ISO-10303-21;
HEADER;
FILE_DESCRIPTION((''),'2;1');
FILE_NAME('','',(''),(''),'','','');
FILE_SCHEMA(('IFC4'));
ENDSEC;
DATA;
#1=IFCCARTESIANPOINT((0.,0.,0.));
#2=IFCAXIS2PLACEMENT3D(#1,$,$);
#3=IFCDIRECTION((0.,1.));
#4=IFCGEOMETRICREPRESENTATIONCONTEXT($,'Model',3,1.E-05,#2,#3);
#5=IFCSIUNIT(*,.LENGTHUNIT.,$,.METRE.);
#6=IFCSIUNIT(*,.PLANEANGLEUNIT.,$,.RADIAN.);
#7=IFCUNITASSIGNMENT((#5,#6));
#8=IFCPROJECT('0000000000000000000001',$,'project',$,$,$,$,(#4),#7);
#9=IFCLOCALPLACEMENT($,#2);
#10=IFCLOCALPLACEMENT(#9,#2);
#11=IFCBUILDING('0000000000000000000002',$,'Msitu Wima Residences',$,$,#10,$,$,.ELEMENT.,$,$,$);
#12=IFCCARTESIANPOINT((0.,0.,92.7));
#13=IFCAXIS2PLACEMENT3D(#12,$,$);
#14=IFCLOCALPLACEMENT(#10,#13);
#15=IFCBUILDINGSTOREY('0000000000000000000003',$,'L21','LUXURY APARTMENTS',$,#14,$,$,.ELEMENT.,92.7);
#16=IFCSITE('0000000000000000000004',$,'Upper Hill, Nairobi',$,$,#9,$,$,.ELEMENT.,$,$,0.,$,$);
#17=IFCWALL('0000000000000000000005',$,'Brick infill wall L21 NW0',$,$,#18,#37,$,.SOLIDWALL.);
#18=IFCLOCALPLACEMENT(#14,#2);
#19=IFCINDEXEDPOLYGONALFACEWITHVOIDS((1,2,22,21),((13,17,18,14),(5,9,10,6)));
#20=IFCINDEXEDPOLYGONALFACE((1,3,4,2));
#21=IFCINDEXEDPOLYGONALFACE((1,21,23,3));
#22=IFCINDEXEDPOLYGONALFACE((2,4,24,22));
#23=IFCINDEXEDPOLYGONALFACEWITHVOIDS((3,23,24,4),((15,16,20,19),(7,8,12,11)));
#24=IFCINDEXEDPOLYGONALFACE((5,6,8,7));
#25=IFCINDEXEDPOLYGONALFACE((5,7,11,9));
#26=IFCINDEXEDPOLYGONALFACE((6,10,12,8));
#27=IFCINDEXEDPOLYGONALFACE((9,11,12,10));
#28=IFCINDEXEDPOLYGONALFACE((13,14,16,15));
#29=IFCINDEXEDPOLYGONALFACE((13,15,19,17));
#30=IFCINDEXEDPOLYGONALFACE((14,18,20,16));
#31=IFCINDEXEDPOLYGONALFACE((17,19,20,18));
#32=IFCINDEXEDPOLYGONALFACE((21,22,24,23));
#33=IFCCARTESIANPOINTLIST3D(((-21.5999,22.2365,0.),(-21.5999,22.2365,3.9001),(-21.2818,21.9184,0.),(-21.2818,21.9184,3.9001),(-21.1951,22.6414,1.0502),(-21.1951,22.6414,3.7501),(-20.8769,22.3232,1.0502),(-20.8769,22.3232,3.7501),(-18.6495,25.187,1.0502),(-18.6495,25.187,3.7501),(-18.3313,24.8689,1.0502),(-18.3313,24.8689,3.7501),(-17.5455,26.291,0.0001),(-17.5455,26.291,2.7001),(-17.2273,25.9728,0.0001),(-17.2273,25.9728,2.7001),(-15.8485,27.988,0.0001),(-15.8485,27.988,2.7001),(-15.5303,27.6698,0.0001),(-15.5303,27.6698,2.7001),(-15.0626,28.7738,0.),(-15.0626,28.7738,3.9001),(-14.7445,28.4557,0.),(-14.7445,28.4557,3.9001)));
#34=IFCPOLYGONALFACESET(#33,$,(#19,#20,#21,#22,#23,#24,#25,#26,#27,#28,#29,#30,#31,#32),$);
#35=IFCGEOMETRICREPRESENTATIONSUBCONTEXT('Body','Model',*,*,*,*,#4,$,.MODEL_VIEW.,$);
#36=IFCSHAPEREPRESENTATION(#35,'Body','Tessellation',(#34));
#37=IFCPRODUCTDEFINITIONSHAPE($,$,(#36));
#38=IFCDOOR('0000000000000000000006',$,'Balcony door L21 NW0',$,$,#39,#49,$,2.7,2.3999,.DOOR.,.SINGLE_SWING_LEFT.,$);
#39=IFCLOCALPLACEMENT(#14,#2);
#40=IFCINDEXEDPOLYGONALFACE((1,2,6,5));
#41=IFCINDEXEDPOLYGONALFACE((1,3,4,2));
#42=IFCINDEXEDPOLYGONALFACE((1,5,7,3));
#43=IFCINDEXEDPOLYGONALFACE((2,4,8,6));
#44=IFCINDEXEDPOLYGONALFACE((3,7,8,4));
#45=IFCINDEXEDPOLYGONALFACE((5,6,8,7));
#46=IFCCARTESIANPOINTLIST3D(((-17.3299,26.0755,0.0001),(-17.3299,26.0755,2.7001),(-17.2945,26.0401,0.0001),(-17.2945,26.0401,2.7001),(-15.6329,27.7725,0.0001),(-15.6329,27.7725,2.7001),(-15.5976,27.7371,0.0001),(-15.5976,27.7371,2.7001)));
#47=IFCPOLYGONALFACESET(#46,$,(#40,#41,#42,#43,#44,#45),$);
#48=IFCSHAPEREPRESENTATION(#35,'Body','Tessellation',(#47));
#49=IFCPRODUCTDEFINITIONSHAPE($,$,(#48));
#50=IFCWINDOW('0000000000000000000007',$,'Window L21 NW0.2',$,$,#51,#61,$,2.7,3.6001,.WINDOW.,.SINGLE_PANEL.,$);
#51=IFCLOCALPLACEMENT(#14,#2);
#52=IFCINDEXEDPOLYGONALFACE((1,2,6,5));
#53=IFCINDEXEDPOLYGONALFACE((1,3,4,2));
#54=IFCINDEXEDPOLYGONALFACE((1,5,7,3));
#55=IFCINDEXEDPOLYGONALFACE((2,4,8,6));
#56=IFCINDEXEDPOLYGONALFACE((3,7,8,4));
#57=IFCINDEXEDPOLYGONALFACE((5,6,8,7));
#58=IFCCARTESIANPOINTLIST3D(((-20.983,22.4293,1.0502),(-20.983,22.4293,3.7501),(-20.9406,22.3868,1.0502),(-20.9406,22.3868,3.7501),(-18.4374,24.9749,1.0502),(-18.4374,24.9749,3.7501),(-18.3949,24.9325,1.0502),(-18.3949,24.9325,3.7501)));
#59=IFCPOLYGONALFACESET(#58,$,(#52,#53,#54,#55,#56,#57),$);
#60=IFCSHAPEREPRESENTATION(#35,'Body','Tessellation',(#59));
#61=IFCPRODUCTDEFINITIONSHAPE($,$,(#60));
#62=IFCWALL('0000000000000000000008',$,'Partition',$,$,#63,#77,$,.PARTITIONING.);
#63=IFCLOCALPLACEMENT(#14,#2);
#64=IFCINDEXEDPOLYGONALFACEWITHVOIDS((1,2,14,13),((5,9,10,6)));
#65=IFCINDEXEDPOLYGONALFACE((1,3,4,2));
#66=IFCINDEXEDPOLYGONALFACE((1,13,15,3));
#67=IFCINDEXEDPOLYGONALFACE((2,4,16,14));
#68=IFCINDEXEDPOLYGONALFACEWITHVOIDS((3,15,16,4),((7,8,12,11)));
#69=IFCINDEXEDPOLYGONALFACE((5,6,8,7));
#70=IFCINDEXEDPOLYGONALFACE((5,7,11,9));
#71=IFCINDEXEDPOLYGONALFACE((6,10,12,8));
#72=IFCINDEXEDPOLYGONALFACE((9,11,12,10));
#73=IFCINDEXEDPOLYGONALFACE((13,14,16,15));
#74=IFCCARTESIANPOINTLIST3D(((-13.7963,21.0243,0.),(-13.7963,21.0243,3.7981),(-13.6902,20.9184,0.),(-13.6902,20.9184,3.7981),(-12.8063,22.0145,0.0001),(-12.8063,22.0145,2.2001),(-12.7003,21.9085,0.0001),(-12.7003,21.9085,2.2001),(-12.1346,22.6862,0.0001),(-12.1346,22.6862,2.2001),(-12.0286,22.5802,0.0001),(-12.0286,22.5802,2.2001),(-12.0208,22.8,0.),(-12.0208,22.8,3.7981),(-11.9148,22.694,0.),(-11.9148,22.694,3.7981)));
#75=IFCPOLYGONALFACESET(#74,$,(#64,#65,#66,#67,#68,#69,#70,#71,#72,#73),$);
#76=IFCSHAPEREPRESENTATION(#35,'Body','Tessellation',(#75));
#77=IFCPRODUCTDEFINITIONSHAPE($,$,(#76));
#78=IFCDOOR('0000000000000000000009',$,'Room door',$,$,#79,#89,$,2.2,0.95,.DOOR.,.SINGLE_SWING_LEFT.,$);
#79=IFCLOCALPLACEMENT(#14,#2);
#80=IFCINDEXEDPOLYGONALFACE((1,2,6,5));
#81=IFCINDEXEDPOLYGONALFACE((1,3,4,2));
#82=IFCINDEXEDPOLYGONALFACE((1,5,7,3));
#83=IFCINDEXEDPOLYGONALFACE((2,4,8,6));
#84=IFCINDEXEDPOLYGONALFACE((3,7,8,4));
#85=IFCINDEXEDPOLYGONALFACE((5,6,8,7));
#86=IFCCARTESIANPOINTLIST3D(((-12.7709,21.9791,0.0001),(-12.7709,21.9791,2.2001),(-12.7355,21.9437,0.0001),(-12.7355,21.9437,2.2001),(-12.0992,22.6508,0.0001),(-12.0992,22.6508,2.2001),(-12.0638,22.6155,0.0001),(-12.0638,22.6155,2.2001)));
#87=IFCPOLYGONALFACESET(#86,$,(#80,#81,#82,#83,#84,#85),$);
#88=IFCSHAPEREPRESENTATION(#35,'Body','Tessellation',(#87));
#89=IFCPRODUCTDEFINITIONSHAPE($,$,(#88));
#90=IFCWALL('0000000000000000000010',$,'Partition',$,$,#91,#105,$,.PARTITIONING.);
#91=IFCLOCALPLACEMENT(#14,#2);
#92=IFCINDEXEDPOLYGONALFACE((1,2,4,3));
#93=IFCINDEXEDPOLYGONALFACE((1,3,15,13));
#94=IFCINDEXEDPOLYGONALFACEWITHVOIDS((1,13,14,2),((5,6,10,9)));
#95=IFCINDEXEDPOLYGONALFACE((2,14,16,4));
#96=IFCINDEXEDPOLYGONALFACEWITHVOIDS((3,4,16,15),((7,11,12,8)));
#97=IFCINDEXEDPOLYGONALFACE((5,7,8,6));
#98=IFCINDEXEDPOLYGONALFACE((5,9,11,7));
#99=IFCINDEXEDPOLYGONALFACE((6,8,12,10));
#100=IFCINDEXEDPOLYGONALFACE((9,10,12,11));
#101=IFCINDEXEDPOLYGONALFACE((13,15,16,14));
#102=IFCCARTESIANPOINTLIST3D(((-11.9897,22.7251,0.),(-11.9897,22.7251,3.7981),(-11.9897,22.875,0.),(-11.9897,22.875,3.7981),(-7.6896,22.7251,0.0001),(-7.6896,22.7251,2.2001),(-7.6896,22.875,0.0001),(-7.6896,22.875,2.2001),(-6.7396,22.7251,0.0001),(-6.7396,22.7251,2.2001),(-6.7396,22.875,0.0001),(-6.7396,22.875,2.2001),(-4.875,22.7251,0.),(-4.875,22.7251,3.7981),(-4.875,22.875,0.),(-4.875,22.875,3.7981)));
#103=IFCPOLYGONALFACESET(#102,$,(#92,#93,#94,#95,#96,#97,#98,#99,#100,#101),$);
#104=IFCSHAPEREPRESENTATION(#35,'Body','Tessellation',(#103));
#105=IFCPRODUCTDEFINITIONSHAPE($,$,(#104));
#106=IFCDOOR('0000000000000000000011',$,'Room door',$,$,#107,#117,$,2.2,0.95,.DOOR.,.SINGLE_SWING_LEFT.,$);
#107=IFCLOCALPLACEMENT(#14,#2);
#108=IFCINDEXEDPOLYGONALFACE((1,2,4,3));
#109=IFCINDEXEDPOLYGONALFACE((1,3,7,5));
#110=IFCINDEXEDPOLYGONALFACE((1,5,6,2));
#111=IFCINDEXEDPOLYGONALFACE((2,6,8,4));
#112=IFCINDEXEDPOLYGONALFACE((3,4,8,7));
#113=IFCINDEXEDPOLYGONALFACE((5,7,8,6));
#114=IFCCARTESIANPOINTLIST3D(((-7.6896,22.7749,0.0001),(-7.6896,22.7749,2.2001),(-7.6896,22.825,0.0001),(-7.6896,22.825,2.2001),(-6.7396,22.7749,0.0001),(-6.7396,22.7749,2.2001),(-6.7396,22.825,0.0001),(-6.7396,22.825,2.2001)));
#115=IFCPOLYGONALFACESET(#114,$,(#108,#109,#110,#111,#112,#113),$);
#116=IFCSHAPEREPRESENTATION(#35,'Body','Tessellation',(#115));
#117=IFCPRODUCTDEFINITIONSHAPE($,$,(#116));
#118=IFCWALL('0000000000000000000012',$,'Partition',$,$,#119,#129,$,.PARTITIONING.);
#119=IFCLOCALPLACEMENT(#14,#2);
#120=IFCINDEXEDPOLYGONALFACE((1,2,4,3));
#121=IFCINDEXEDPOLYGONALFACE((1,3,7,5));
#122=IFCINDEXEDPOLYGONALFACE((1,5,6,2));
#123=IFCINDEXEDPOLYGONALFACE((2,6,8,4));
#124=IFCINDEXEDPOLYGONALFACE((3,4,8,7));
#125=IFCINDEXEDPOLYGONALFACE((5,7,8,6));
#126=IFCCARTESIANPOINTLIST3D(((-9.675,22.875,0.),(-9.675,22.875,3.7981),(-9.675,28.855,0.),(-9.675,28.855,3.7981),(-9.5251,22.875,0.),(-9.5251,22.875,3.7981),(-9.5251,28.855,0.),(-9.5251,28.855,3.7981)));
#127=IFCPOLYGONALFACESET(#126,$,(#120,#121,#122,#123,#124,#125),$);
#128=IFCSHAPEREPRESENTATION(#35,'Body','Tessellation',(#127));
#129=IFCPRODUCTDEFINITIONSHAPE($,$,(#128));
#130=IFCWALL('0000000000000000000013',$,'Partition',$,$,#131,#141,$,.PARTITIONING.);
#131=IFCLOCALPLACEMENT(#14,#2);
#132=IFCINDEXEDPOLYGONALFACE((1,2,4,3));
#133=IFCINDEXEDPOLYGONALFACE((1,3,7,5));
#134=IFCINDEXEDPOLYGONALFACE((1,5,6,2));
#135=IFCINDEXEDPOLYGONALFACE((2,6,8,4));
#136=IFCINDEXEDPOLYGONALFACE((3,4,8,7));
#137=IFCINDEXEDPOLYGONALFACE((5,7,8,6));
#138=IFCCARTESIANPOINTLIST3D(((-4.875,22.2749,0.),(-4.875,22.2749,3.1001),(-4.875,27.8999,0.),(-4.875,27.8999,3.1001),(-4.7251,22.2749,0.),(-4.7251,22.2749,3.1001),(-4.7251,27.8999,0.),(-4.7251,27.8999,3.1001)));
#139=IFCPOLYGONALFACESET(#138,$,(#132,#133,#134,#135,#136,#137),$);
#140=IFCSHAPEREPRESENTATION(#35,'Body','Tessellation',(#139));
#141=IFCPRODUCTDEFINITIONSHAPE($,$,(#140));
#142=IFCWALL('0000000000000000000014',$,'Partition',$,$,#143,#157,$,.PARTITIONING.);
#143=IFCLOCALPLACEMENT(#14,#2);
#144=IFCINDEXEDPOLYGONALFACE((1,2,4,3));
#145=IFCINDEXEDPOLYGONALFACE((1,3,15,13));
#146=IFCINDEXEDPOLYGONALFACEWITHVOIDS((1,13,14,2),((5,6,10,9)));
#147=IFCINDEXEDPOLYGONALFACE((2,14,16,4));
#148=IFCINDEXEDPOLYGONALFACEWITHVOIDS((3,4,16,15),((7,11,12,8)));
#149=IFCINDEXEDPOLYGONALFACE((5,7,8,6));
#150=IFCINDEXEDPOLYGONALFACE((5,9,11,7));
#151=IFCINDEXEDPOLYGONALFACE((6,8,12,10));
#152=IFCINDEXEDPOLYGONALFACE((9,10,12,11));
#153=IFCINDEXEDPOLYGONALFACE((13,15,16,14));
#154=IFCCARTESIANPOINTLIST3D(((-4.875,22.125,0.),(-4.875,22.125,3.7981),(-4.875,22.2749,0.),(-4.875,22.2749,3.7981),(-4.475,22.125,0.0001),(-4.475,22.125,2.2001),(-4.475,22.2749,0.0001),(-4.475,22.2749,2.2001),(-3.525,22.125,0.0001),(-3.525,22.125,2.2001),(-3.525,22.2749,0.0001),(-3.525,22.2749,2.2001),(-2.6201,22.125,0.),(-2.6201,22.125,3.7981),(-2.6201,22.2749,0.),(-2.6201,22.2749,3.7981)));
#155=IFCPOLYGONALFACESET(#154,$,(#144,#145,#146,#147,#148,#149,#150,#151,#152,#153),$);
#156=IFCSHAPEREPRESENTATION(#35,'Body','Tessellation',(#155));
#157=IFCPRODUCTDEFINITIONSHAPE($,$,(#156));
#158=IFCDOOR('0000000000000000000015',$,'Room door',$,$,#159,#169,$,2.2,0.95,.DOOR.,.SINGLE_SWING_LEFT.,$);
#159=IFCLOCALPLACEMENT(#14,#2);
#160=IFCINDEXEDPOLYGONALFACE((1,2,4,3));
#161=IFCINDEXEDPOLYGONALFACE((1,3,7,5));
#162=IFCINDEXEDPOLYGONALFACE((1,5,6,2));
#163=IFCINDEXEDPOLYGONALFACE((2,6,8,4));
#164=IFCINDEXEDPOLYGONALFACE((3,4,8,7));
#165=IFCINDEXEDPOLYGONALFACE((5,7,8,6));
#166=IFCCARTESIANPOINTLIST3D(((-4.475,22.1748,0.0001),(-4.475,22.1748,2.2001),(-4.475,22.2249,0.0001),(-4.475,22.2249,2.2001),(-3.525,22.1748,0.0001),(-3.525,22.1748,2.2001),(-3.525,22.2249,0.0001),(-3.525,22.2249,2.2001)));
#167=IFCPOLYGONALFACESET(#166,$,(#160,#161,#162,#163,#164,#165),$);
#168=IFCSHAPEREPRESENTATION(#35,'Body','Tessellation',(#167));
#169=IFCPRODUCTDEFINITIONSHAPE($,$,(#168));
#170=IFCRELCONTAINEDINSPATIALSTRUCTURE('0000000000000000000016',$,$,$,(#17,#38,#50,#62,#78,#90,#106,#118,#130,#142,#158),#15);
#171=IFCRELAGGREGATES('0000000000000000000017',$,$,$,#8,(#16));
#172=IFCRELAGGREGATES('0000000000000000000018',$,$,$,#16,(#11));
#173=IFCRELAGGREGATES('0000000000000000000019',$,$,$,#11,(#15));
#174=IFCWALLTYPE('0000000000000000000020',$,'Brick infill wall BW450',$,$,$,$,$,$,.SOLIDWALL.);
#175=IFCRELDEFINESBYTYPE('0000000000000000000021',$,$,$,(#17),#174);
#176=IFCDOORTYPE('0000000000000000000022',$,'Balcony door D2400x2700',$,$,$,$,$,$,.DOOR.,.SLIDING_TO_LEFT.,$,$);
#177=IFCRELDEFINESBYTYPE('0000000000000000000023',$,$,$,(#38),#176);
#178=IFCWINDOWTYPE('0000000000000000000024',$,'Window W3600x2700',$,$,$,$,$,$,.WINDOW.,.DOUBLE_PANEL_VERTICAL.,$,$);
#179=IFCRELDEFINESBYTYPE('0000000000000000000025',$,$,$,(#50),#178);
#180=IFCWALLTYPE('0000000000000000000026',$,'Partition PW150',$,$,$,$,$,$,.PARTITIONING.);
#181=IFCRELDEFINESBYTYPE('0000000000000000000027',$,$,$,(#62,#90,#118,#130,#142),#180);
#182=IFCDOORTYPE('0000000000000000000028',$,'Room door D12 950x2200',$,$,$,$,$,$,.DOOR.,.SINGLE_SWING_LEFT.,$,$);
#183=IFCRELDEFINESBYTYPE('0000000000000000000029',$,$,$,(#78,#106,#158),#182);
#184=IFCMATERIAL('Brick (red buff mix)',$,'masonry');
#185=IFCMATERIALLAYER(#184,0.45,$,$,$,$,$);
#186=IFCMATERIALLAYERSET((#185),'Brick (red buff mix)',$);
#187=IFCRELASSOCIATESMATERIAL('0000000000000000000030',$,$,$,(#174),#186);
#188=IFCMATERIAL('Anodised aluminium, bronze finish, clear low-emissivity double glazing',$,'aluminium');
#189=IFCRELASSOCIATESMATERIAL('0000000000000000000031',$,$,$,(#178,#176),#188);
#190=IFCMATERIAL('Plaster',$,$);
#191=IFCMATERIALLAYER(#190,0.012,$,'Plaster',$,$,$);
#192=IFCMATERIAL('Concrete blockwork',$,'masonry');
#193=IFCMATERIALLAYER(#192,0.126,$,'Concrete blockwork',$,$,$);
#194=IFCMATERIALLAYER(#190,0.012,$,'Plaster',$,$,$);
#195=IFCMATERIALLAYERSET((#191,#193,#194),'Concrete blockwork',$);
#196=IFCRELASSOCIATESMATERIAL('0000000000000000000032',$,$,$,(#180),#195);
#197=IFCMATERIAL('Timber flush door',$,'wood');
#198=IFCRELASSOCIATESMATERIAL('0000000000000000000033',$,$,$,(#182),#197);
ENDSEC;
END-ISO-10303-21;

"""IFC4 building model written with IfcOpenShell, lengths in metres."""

from ifc_helpers import new_model, si_unit, direction, frame, frame_2d, origin, place, context, subcontext, project, spatial, rectangle, extrude, material, layer, layer_set, type_object, element, fill, save


model = new_model("IFC4")

# Units and contexts
model_context = context("Model", 3, precision=1e-05, world=origin(), true_north=direction((0.0, 1.0)))
body_context = subcontext(model_context, "Body", "Model", "MODEL_VIEW")
ifc_project = project(units=[si_unit("LENGTHUNIT", "METRE"), si_unit("PLANEANGLEUNIT", "RADIAN")], contexts=[model_context])

# Site, building, storey
site_placement = place(None, origin())
site = spatial("IfcSite", under=ifc_project, at=site_placement, Name="Upper Hill, Nairobi", CompositionType="ELEMENT", RefElevation=0.0)
building_placement = place(site_placement, origin())
building = spatial("IfcBuilding", under=site, at=building_placement, Name="Msitu Wima Residences", CompositionType="ELEMENT")
storey_placement = place(building_placement, frame((0.0, 0.0, 92.7)))
storey = spatial("IfcBuildingStorey", under=building, at=storey_placement, Name="L21", Description="LUXURY APARTMENTS", CompositionType="ELEMENT", Elevation=92.7)

# Shared definitions
ifc_material_1 = material(Name="Brick (red buff mix)", Category="masonry")
ifc_layer_1 = layer(ifc_material_1, 0.45)
ifc_layer_set_1 = layer_set([ifc_layer_1], Name="Brick (red buff mix)")
wall_type_1 = type_object("IfcWallType", Name="Brick infill wall BW450", PredefinedType="SOLIDWALL", material=ifc_layer_set_1)
ifc_material_2 = material(Name="Anodised aluminium, bronze finish, clear low-emissivity double glazing", Category="aluminium")
window_type = type_object("IfcWindowType", Name="Window W3600x2700", PartitioningType="DOUBLE_PANEL_VERTICAL", PredefinedType="WINDOW", material=ifc_material_2)

# Wall, openings, door, window
wall_1_placement = place(storey_placement, frame((-14.9036, 28.6147, 0.0), z_axis=(0.0, 0.0, 1.0), x_axis=(-0.707107, -0.707107, 0.0)))
wall_1 = element("IfcWall", 1, at=wall_1_placement, inside=storey, type_object=wall_type_1, Name="Brick infill wall L21 NW0", PredefinedType="SOLIDWALL", context=body_context, shape_type="SweptSolid", body=[
    extrude(rectangle(XDim=9.2451, YDim=0.45, at=frame_2d((4.6226, 0.0))), origin(), (0.0, 0.0, 1.0), 3.9001),
])
opening_1_placement = place(wall_1_placement, frame((1.1113, 0.0, 0.0)))
opening_1 = element("IfcOpeningElement", 2, at=opening_1_placement, cuts=wall_1, PredefinedType="OPENING", context=body_context, shape_type="SweptSolid", body=[
    extrude(rectangle(XDim=2.3999, YDim=2.7, at=frame_2d((1.2, 1.3501))), frame((0.0, 0.2349, 0.0), z_axis=(0.0, -1.0, 0.0), x_axis=(1.0, 0.0, 0.0)), (0.0, 0.0, 1.0), 0.47),
])
opening_2_placement = place(wall_1_placement, frame((5.0725, 0.0, 1.05)))
opening_2 = element("IfcOpeningElement", 3, at=opening_2_placement, cuts=wall_1, PredefinedType="OPENING", context=body_context, shape_type="SweptSolid", body=[
    extrude(rectangle(XDim=3.6001, YDim=2.7, at=frame_2d((1.8, 1.3501))), frame((0.0, 0.2349, 0.0), z_axis=(0.0, -1.0, 0.0), x_axis=(1.0, 0.0, 0.0)), (0.0, 0.0, 1.0), 0.47),
])
door_type_1 = type_object("IfcDoorType", Name="Balcony door D2400x2700", OperationType="SLIDING_TO_LEFT", PredefinedType="DOOR", material=ifc_material_2)
door_1_placement = place(opening_1_placement, origin())
door_1 = element("IfcDoor", 4, at=door_1_placement, inside=storey, type_object=door_type_1, Name="Balcony door L21 NW0", OperationType="SINGLE_SWING_LEFT", OverallHeight=2.7, OverallWidth=2.3999, PredefinedType="DOOR", context=body_context, shape_type="SweptSolid", body=[
    extrude(rectangle(XDim=2.3999, YDim=2.7, at=frame_2d((1.2, 1.3501))), frame((0.0, 0.1299, 0.0), z_axis=(0.0, -1.0, 0.0), x_axis=(1.0, 0.0, 0.0)), (0.0, 0.0, 1.0), 0.05),
])
fill(opening_1, door_1)
window_1_placement = place(opening_2_placement, origin())
window_1 = element("IfcWindow", 5, at=window_1_placement, inside=storey, type_object=window_type, Name="Window L21 NW0.2", OverallHeight=2.7, OverallWidth=3.6001, PartitioningType="SINGLE_PANEL", PredefinedType="WINDOW", context=body_context, shape_type="SweptSolid", body=[
    extrude(rectangle(XDim=3.6001, YDim=2.7, at=frame_2d((1.8, 1.3501))), frame((0.0, 0.135, 0.0), z_axis=(0.0, -1.0, 0.0), x_axis=(1.0, 0.0, 0.0)), (0.0, 0.0, 1.0), 0.0601),
])
fill(opening_2, window_1)

# Walls, openings, doors
ifc_material_3 = material(Name="Plaster")
ifc_layer_2 = layer(ifc_material_3, 0.012, Name="Plaster")
ifc_material_4 = material(Name="Concrete blockwork", Category="masonry")
ifc_layer_3 = layer(ifc_material_4, 0.126, Name="Concrete blockwork")
ifc_layer_4 = layer(ifc_material_3, 0.012, Name="Plaster")
ifc_layer_set_2 = layer_set([ifc_layer_2, ifc_layer_3, ifc_layer_4], Name="Concrete blockwork")
wall_type_2 = type_object("IfcWallType", Name="Partition PW150", PredefinedType="PARTITIONING", material=ifc_layer_set_2)
wall_2_placement = place(storey_placement, frame((-13.7432, 20.9714, 0.0), z_axis=(0.0, 0.0, 1.0), x_axis=(0.707058, 0.707155, 0.0)))
wall_2 = element("IfcWall", 6, at=wall_2_placement, inside=storey, type_object=wall_type_2, Name="Partition", PredefinedType="PARTITIONING", context=body_context, shape_type="SweptSolid", body=[
    extrude(rectangle(XDim=2.511, YDim=0.1499, at=frame_2d((1.2554, 0.0))), origin(), (0.0, 0.0, 1.0), 3.7981),
])
opening_3_placement = place(wall_2_placement, frame((1.3999, 0.0, 0.0)))
opening_3 = element("IfcOpeningElement", 7, at=opening_3_placement, cuts=wall_2, PredefinedType="OPENING", context=body_context, shape_type="SweptSolid", body=[
    extrude(rectangle(XDim=0.95, YDim=2.2, at=frame_2d((0.4751, 1.1001))), frame((0.0, 0.085, 0.0), z_axis=(0.0, -1.0, 0.0), x_axis=(1.0, 0.0, 0.0)), (0.0, 0.0, 1.0), 0.1699),
])
ifc_material_5 = material(Name="Timber flush door", Category="wood")
door_type_2 = type_object("IfcDoorType", Name="Room door D12 950x2200", OperationType="SINGLE_SWING_LEFT", PredefinedType="DOOR", material=ifc_material_5)
door_2_placement = place(opening_3_placement, origin())
door_2 = element("IfcDoor", 8, at=door_2_placement, inside=storey, type_object=door_type_2, Name="Room door", OperationType="SINGLE_SWING_LEFT", OverallHeight=2.2, OverallWidth=0.95, PredefinedType="DOOR", context=body_context, shape_type="SweptSolid", body=[
    extrude(rectangle(XDim=0.95, YDim=2.2, at=frame_2d((0.4751, 1.1001))), frame((0.0, 0.0249, 0.0), z_axis=(0.0, -1.0, 0.0), x_axis=(1.0, 0.0, 0.0)), (0.0, 0.0, 1.0), 0.05),
])
fill(opening_3, door_2)
wall_3_placement = place(storey_placement, frame((-11.9897, 22.8, 0.0), z_axis=(0.0, 0.0, 1.0), x_axis=(1.0, 0.0, 0.0)))
wall_3 = element("IfcWall", 9, at=wall_3_placement, inside=storey, type_object=wall_type_2, Name="Partition", PredefinedType="PARTITIONING", context=body_context, shape_type="SweptSolid", body=[
    extrude(rectangle(XDim=7.1147, YDim=0.1499, at=frame_2d((3.5574, 0.0))), origin(), (0.0, 0.0, 1.0), 3.7981),
])
opening_4_placement = place(wall_3_placement, frame((4.3, 0.0, 0.0)))
opening_4 = element("IfcOpeningElement", 10, at=opening_4_placement, cuts=wall_3, PredefinedType="OPENING", context=body_context, shape_type="SweptSolid", body=[
    extrude(rectangle(XDim=0.95, YDim=2.2, at=frame_2d((0.4751, 1.1001))), frame((0.0, 0.085, 0.0), z_axis=(0.0, -1.0, 0.0), x_axis=(1.0, 0.0, 0.0)), (0.0, 0.0, 1.0), 0.1699),
])
door_3_placement = place(opening_4_placement, origin())
door_3 = element("IfcDoor", 11, at=door_3_placement, inside=storey, type_object=door_type_2, Name="Room door", OperationType="SINGLE_SWING_LEFT", OverallHeight=2.2, OverallWidth=0.95, PredefinedType="DOOR", context=body_context, shape_type="SweptSolid", body=[
    extrude(rectangle(XDim=0.95, YDim=2.2, at=frame_2d((0.4751, 1.1001))), frame((0.0, 0.0249, 0.0), z_axis=(0.0, -1.0, 0.0), x_axis=(1.0, 0.0, 0.0)), (0.0, 0.0, 1.0), 0.05),
])
fill(opening_4, door_3)

# Walls
wall_4_placement = place(storey_placement, frame((-9.6001, 22.875, 0.0), z_axis=(0.0, 0.0, 1.0), x_axis=(0.0, 1.0, 0.0)))
element("IfcWall", 12, at=wall_4_placement, inside=storey, type_object=wall_type_2, Name="Partition", PredefinedType="PARTITIONING", context=body_context, shape_type="SweptSolid", body=[
    extrude(rectangle(XDim=5.98, YDim=0.1499, at=frame_2d((2.99, 0.0))), origin(), (0.0, 0.0, 1.0), 3.7981),
])
wall_5_placement = place(storey_placement, frame((-4.8, 22.2749, 0.0), z_axis=(0.0, 0.0, 1.0), x_axis=(0.0, 1.0, 0.0)))
element("IfcWall", 13, at=wall_5_placement, inside=storey, type_object=wall_type_2, Name="Partition", PredefinedType="PARTITIONING", context=body_context, shape_type="SweptSolid", body=[
    extrude(rectangle(XDim=5.625, YDim=0.1499, at=frame_2d((2.8125, 0.0))), origin(), (0.0, 0.0, 1.0), 3.1001),
])

# Wall, opening, door
wall_6_placement = place(storey_placement, frame((-4.875, 22.2, 0.0), z_axis=(0.0, 0.0, 1.0), x_axis=(1.0, 0.0, 0.0)))
wall_6 = element("IfcWall", 14, at=wall_6_placement, inside=storey, type_object=wall_type_2, Name="Partition", PredefinedType="PARTITIONING", context=body_context, shape_type="SweptSolid", body=[
    extrude(rectangle(XDim=2.2549, YDim=0.1499, at=frame_2d((1.1274, 0.0))), origin(), (0.0, 0.0, 1.0), 3.7981),
])
opening_5_placement = place(wall_6_placement, frame((0.3999, 0.0, 0.0)))
opening_5 = element("IfcOpeningElement", 15, at=opening_5_placement, cuts=wall_6, PredefinedType="OPENING", context=body_context, shape_type="SweptSolid", body=[
    extrude(rectangle(XDim=0.95, YDim=2.2, at=frame_2d((0.4751, 1.1001))), frame((0.0, 0.085, 0.0), z_axis=(0.0, -1.0, 0.0), x_axis=(1.0, 0.0, 0.0)), (0.0, 0.0, 1.0), 0.1699),
])
door_4_placement = place(opening_5_placement, origin())
door_4 = element("IfcDoor", 16, at=door_4_placement, inside=storey, type_object=door_type_2, Name="Room door", OperationType="SINGLE_SWING_LEFT", OverallHeight=2.2, OverallWidth=0.95, PredefinedType="DOOR", context=body_context, shape_type="SweptSolid", body=[
    extrude(rectangle(XDim=0.95, YDim=2.2, at=frame_2d((0.4751, 1.1001))), frame((0.0, 0.0249, 0.0), z_axis=(0.0, -1.0, 0.0), x_axis=(1.0, 0.0, 0.0)), (0.0, 0.0, 1.0), 0.05),
])
fill(opening_5, door_4)

save(model, "model.ifc")
